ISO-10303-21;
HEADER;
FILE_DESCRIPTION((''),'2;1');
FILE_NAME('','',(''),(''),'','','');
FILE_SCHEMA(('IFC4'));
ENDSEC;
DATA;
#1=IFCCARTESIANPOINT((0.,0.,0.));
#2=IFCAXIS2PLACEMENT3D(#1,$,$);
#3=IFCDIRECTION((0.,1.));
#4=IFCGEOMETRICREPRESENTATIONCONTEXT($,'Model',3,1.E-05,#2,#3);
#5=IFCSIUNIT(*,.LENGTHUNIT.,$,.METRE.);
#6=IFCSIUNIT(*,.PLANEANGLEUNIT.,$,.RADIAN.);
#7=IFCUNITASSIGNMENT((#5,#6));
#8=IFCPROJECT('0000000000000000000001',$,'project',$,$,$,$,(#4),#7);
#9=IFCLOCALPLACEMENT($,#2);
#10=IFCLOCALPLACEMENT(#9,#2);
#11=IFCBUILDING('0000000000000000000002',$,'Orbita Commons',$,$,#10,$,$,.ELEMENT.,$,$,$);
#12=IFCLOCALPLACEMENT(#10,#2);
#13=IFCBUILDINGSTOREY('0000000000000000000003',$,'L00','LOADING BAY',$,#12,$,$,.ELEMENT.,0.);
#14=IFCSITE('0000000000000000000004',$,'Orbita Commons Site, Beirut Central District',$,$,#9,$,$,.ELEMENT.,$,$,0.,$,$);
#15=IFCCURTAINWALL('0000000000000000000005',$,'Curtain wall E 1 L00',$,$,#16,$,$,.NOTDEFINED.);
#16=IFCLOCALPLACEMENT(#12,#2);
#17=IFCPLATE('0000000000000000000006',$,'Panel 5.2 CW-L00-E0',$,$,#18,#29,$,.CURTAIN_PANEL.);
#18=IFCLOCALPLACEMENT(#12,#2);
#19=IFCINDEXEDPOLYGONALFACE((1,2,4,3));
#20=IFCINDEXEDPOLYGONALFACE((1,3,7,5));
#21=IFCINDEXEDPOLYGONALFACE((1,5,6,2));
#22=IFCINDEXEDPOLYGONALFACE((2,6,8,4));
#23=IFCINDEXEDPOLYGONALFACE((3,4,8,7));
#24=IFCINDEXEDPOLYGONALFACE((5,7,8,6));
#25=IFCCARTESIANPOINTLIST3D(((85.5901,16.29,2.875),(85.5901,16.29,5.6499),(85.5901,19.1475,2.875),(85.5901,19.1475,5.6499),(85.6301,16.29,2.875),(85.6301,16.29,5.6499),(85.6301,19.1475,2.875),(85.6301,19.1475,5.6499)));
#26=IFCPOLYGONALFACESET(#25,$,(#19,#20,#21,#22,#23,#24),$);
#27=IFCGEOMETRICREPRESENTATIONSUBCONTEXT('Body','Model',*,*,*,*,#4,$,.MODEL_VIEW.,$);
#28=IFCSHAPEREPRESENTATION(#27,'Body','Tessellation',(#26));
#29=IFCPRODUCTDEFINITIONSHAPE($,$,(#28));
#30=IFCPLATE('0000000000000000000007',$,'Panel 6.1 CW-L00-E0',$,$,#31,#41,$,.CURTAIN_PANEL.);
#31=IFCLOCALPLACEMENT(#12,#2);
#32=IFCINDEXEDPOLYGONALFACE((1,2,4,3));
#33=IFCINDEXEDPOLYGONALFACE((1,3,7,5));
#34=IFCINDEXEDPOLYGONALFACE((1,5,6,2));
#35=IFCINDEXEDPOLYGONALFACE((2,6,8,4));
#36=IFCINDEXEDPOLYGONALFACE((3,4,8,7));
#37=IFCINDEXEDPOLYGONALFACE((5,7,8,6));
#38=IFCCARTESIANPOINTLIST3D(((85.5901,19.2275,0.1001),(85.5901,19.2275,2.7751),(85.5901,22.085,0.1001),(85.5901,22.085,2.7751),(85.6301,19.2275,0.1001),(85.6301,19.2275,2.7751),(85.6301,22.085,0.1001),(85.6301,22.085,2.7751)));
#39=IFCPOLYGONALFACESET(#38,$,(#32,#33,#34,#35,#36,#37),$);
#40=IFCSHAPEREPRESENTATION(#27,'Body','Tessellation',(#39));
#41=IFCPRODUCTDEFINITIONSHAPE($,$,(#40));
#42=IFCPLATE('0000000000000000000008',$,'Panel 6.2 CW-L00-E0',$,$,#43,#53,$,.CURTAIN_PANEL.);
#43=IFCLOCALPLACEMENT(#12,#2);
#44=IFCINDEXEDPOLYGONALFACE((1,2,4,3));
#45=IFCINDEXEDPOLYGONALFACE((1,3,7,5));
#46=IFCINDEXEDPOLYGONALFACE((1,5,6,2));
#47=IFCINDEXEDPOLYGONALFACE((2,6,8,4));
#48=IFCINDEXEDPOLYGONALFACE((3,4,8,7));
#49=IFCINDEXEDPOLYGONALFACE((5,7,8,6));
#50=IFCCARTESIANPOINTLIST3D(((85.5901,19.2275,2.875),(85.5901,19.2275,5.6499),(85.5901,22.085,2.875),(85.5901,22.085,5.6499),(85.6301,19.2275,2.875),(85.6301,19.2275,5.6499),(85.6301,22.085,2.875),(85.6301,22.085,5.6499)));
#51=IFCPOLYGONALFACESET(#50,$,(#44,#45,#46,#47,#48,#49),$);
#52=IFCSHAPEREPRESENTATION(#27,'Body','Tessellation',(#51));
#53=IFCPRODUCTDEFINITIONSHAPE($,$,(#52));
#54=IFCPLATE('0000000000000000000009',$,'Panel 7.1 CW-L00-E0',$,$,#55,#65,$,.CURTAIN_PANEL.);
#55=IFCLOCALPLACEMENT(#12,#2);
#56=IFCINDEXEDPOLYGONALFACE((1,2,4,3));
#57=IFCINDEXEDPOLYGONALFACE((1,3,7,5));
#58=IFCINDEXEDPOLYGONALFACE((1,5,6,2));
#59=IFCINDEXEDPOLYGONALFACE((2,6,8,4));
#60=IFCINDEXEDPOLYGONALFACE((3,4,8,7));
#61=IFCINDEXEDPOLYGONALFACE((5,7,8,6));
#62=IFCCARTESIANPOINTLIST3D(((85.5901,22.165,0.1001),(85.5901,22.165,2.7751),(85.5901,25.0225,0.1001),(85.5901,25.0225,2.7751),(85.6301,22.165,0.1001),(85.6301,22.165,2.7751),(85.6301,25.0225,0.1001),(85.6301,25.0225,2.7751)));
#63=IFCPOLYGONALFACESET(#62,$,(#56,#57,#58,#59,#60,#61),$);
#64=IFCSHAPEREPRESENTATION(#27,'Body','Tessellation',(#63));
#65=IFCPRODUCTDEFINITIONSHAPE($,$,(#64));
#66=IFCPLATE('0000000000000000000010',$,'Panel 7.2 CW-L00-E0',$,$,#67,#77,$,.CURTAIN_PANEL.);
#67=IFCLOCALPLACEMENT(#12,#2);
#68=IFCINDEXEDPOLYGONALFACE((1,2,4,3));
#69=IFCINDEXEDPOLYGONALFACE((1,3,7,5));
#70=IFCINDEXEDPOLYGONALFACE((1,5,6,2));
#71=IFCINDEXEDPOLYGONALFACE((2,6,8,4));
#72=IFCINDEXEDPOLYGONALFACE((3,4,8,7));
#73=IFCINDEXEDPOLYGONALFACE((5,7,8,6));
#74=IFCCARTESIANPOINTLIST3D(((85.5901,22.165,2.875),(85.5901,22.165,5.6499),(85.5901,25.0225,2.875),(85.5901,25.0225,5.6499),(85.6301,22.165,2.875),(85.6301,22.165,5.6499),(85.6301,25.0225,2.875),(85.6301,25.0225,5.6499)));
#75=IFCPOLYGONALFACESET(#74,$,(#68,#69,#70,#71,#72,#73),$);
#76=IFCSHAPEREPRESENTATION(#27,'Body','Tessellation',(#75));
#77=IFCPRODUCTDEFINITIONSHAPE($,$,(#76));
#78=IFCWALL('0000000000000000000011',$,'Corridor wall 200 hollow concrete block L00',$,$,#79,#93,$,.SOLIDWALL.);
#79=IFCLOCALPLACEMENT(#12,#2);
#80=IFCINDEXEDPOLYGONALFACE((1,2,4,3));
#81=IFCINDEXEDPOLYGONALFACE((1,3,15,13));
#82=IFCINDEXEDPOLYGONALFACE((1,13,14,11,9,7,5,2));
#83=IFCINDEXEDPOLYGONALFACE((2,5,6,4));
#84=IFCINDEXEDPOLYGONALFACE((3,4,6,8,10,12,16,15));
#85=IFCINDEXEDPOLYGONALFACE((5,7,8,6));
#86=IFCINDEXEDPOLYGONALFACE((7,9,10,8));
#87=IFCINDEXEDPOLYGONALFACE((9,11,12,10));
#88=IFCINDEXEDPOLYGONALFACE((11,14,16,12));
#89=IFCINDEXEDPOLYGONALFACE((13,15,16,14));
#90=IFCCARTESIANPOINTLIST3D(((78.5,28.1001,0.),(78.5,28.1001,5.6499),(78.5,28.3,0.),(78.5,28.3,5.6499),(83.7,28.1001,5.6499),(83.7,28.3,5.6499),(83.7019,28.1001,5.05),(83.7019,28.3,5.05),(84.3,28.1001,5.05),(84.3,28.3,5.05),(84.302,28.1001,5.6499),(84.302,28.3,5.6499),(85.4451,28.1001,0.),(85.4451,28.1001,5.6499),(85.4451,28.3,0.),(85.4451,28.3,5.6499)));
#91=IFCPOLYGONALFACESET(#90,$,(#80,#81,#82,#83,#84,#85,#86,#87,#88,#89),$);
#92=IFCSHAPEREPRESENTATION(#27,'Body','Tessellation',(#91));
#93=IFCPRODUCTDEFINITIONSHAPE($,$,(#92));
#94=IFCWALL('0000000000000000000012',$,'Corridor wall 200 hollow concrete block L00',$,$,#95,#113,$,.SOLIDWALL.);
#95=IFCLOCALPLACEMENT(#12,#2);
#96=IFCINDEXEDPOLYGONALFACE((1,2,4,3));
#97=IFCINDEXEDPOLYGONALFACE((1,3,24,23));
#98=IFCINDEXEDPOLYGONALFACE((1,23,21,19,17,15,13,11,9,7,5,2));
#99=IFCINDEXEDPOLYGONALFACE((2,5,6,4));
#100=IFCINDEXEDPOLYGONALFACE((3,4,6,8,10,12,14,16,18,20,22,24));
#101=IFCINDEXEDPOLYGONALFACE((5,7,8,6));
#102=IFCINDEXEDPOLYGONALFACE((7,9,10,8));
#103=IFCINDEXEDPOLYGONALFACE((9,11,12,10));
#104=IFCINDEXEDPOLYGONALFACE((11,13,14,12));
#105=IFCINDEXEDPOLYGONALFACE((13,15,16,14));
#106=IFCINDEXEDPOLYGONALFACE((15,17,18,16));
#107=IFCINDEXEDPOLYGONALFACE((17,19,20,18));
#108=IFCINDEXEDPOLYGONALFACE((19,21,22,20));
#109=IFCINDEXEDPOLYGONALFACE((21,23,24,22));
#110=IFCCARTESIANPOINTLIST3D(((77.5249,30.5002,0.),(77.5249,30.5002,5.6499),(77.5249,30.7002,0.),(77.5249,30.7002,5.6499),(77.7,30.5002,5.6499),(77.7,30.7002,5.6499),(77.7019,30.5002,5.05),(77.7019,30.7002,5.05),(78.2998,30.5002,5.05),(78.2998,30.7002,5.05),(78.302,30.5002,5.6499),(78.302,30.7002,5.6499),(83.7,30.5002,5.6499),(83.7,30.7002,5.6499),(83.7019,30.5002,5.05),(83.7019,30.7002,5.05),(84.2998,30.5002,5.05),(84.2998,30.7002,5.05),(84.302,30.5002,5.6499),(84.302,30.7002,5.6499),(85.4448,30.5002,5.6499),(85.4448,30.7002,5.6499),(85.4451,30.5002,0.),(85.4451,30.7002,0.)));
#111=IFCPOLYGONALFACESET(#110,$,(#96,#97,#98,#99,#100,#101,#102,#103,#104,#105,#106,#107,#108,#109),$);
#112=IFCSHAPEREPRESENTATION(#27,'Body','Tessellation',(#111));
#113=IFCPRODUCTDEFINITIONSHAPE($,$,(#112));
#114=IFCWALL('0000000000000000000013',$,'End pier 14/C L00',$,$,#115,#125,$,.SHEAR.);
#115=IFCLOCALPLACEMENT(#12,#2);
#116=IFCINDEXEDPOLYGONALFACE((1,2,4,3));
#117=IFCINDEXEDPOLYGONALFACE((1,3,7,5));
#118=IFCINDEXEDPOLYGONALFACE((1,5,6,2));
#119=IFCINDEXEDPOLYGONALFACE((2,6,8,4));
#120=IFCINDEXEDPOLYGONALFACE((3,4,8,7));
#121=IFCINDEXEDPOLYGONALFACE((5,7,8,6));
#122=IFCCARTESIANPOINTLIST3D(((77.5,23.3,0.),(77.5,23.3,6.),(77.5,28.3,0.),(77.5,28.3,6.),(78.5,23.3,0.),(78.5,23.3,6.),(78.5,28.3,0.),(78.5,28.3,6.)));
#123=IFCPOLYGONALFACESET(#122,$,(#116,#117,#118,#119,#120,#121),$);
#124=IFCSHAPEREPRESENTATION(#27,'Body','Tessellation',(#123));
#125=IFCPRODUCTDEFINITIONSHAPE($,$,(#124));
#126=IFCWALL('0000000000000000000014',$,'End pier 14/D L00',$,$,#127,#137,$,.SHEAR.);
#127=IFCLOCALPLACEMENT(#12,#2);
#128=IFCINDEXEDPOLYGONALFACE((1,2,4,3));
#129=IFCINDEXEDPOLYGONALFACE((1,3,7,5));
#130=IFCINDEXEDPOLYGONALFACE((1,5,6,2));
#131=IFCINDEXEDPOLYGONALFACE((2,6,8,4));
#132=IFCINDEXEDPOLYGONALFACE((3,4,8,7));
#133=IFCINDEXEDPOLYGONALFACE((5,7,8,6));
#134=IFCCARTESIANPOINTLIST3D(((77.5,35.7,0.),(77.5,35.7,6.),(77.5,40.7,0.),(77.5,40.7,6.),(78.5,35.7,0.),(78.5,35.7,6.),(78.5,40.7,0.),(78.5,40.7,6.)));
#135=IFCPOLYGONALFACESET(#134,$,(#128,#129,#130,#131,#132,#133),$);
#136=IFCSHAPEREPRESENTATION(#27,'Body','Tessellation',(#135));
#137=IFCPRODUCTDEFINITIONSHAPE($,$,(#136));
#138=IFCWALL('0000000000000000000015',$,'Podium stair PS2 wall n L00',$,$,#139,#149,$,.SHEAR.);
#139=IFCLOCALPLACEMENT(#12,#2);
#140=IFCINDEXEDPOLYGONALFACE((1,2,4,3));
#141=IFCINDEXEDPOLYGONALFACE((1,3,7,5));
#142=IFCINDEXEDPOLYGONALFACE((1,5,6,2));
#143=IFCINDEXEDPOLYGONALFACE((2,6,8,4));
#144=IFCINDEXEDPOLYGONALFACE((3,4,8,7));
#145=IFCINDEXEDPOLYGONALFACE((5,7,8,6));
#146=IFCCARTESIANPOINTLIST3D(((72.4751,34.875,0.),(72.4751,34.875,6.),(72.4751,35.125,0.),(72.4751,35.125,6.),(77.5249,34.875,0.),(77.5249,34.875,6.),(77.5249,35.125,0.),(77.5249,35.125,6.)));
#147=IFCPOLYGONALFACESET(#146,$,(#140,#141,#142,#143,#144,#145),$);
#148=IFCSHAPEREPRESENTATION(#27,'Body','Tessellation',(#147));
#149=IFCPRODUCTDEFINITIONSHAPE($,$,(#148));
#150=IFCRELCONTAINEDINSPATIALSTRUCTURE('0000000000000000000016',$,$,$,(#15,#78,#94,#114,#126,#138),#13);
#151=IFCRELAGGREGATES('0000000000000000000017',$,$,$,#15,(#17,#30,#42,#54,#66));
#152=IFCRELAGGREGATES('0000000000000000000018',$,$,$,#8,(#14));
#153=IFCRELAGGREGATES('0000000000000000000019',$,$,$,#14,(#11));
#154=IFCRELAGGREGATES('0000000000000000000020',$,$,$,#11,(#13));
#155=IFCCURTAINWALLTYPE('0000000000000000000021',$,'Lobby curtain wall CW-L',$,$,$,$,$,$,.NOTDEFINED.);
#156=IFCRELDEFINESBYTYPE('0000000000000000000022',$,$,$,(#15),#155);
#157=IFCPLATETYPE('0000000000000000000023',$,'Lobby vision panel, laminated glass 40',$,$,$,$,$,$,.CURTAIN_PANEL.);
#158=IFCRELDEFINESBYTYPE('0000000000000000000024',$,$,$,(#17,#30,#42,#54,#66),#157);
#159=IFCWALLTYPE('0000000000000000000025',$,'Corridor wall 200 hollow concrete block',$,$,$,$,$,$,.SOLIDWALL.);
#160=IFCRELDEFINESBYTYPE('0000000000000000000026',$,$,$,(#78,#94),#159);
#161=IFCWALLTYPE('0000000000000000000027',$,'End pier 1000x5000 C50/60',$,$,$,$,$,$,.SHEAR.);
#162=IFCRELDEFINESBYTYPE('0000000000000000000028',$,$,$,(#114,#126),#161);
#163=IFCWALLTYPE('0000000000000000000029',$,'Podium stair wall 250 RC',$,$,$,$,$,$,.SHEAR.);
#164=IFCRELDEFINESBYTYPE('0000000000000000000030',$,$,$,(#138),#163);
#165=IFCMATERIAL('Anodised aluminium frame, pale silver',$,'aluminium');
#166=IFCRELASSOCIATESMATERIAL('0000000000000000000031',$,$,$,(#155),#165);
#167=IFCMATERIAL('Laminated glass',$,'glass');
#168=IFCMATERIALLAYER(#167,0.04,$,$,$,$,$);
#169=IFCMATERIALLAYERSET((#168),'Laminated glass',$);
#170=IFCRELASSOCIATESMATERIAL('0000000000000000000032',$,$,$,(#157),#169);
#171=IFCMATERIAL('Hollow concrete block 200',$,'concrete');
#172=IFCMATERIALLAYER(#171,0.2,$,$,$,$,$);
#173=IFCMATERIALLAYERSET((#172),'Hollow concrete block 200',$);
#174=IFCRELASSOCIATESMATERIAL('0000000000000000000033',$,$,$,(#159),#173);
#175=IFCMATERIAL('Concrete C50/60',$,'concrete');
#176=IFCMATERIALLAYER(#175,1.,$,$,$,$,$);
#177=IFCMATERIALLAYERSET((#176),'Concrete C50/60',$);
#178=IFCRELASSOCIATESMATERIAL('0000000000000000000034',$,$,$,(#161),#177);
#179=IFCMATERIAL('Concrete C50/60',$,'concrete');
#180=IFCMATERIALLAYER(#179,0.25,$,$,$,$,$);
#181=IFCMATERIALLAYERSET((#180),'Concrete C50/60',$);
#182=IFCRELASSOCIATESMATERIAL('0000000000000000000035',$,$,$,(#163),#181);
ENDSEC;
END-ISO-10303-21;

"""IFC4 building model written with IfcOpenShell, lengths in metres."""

from ifc_helpers import new_model, si_unit, direction, frame, frame_2d, origin, origin_2d, place, context, subcontext, project, spatial, polyline, rectangle, outline, extrude, material, layer, layer_set, type_object, element, aggregate, save


model = new_model("IFC4")

# Units and contexts
model_context = context("Model", 3, precision=1e-05, world=origin(), true_north=direction((0.0, 1.0)))
body_context = subcontext(model_context, "Body", "Model", "MODEL_VIEW")
ifc_project = project(units=[si_unit("LENGTHUNIT", "METRE"), si_unit("PLANEANGLEUNIT", "RADIAN")], contexts=[model_context])

# Site, building, storey
site_placement = place(None, origin())
site = spatial("IfcSite", under=ifc_project, at=site_placement, Name="Orbita Commons Site, Beirut Central District", CompositionType="ELEMENT", RefElevation=0.0)
building_placement = place(site_placement, origin())
building = spatial("IfcBuilding", under=site, at=building_placement, Name="Orbita Commons", CompositionType="ELEMENT")
storey_placement = place(building_placement, origin())
storey = spatial("IfcBuildingStorey", under=building, at=storey_placement, Name="L00", Description="LOADING BAY", CompositionType="ELEMENT", Elevation=0.0)

# Curtain wall
ifc_material_1 = material(Name="Anodised aluminium frame, pale silver", Category="aluminium")
curtain_wall_type = type_object("IfcCurtainWallType", Name="Lobby curtain wall CW-L", PredefinedType="NOTDEFINED", material=ifc_material_1)
curtain_wall_placement = place(storey_placement, origin())
curtain_wall = element("IfcCurtainWall", 1, at=curtain_wall_placement, inside=storey, type_object=curtain_wall_type, Name="Curtain wall E 1 L00", PredefinedType="NOTDEFINED")

# Plates
ifc_material_2 = material(Name="Laminated glass", Category="glass")
ifc_layer_1 = layer(ifc_material_2, 0.04)
ifc_layer_set_1 = layer_set([ifc_layer_1], Name="Laminated glass")
plate_type = type_object("IfcPlateType", Name="Lobby vision panel, laminated glass 40", PredefinedType="CURTAIN_PANEL", material=ifc_layer_set_1)
plate_1_placement = place(storey_placement, frame((85.6101, 17.7188, 2.875), z_axis=(0.0, 0.0, 1.0), x_axis=(0.0, 1.0, 0.0)))
plate_1 = element("IfcPlate", 2, at=plate_1_placement, type_object=plate_type, Name="Panel 5.2 CW-L00-E0", PredefinedType="CURTAIN_PANEL", context=body_context, shape_type="SweptSolid", body=[
    extrude(rectangle(XDim=2.8574, YDim=0.04, at=origin_2d()), origin(), (0.0, 0.0, 1.0), 2.7749),
])
plate_2_placement = place(storey_placement, frame((85.6101, 20.6562, 0.1001), z_axis=(0.0, 0.0, 1.0), x_axis=(0.0, 1.0, 0.0)))
plate_2 = element("IfcPlate", 3, at=plate_2_placement, type_object=plate_type, Name="Panel 6.1 CW-L00-E0", PredefinedType="CURTAIN_PANEL", context=body_context, shape_type="SweptSolid", body=[
    extrude(rectangle(XDim=2.8574, YDim=0.04, at=origin_2d()), origin(), (0.0, 0.0, 1.0), 2.675),
])
plate_3_placement = place(storey_placement, frame((85.6101, 20.6562, 2.875), z_axis=(0.0, 0.0, 1.0), x_axis=(0.0, 1.0, 0.0)))
plate_3 = element("IfcPlate", 4, at=plate_3_placement, type_object=plate_type, Name="Panel 6.2 CW-L00-E0", PredefinedType="CURTAIN_PANEL", context=body_context, shape_type="SweptSolid", body=[
    extrude(rectangle(XDim=2.8574, YDim=0.04, at=origin_2d()), origin(), (0.0, 0.0, 1.0), 2.7749),
])
plate_4_placement = place(storey_placement, frame((85.6101, 23.5938, 0.1001), z_axis=(0.0, 0.0, 1.0), x_axis=(0.0, 1.0, 0.0)))
plate_4 = element("IfcPlate", 5, at=plate_4_placement, type_object=plate_type, Name="Panel 7.1 CW-L00-E0", PredefinedType="CURTAIN_PANEL", context=body_context, shape_type="SweptSolid", body=[
    extrude(rectangle(XDim=2.8574, YDim=0.04, at=origin_2d()), origin(), (0.0, 0.0, 1.0), 2.675),
])
plate_5_placement = place(storey_placement, frame((85.6101, 23.5938, 2.875), z_axis=(0.0, 0.0, 1.0), x_axis=(0.0, 1.0, 0.0)))
plate_5 = element("IfcPlate", 6, at=plate_5_placement, type_object=plate_type, Name="Panel 7.2 CW-L00-E0", PredefinedType="CURTAIN_PANEL", context=body_context, shape_type="SweptSolid", body=[
    extrude(rectangle(XDim=2.8574, YDim=0.04, at=origin_2d()), origin(), (0.0, 0.0, 1.0), 2.7749),
])
aggregate(curtain_wall, [plate_1, plate_2, plate_3, plate_4, plate_5])

# Walls
ifc_material_3 = material(Name="Hollow concrete block 200", Category="concrete")
ifc_layer_2 = layer(ifc_material_3, 0.2)
ifc_layer_set_2 = layer_set([ifc_layer_2], Name="Hollow concrete block 200")
wall_type_1 = type_object("IfcWallType", Name="Corridor wall 200 hollow concrete block", PredefinedType="SOLIDWALL", material=ifc_layer_set_2)
wall_1_placement = place(storey_placement, frame((78.5, 28.2, 0.0), z_axis=(0.0, 0.0, 1.0), x_axis=(1.0, 0.0, 0.0)))
element("IfcWall", 7, at=wall_1_placement, inside=storey, type_object=wall_type_1, Name="Corridor wall 200 hollow concrete block L00", PredefinedType="SOLIDWALL", context=body_context, shape_type="SweptSolid", body=[
    extrude(outline(polyline([(0.0, 0.0), (6.9451, 0.0), (6.9451, 5.6499), (5.802, 5.6499), (5.8, 5.05), (5.2019, 5.05), (5.2, 5.6499), (0.0, 5.6499), (0.0, 0.0)])), frame((0.0, 0.1001, 0.0), z_axis=(0.0, -1.0, 0.0), x_axis=(1.0, 0.0, 0.0)), (0.0, 0.0, 1.0), 0.2),
])
wall_2_placement = place(storey_placement, frame((77.5249, 30.6001, 0.0), z_axis=(0.0, 0.0, 1.0), x_axis=(1.0, 0.0, 0.0)))
element("IfcWall", 8, at=wall_2_placement, inside=storey, type_object=wall_type_1, Name="Corridor wall 200 hollow concrete block L00", PredefinedType="SOLIDWALL", context=body_context, shape_type="SweptSolid", body=[
    extrude(outline(polyline([(0.0, 0.0), (7.9202, 0.0), (7.9199, 5.6499), (6.7771, 5.6499), (6.7749, 5.05), (6.177, 5.05), (6.175, 5.6499), (0.7771, 5.6499), (0.7749, 5.05), (0.177, 5.05), (0.175, 5.6499), (0.0, 5.6499), (0.0, 0.0)])), frame((0.0, 0.1001, 0.0), z_axis=(0.0, -1.0, 0.0), x_axis=(1.0, 0.0, 0.0)), (0.0, 0.0, 1.0), 0.2),
])
ifc_material_4 = material(Name="Concrete C50/60", Category="concrete")
ifc_layer_3 = layer(ifc_material_4, 1.0)
ifc_layer_set_3 = layer_set([ifc_layer_3], Name="Concrete C50/60")
wall_type_2 = type_object("IfcWallType", Name="End pier 1000x5000 C50/60", PredefinedType="SHEAR", material=ifc_layer_set_3)
for number, where, z_axis, x_axis, name in (
    (9, (78.0, 23.3, 0.0), (0.0, 0.0, 1.0), (0.0, 1.0, 0.0), "End pier 14/C L00"),
    (10, (78.0, 35.7, 0.0), (0.0, 0.0, 1.0), (0.0, 1.0, 0.0), "End pier 14/D L00"),
):
    element("IfcWall", number, at=place(storey_placement, frame(where, z_axis=z_axis, x_axis=x_axis)), inside=storey, type_object=wall_type_2, Name=name, PredefinedType="SHEAR", context=body_context, shape_type="SweptSolid", body=[
        extrude(rectangle(XDim=5.0, YDim=1.0, at=frame_2d((2.5, 0.0))), origin(), (0.0, 0.0, 1.0), 6.0),
    ])

# Wall
ifc_material_5 = material(Name="Concrete C50/60", Category="concrete")
ifc_layer_4 = layer(ifc_material_5, 0.25)
ifc_layer_set_4 = layer_set([ifc_layer_4], Name="Concrete C50/60")
wall_type_3 = type_object("IfcWallType", Name="Podium stair wall 250 RC", PredefinedType="SHEAR", material=ifc_layer_set_4)
wall_3_placement = place(storey_placement, frame((77.5249, 35.0, 0.0), z_axis=(0.0, 0.0, 1.0), x_axis=(-1.0, 0.0, 0.0)))
element("IfcWall", 11, at=wall_3_placement, inside=storey, type_object=wall_type_3, Name="Podium stair PS2 wall n L00", PredefinedType="SHEAR", context=body_context, shape_type="SweptSolid", body=[
    extrude(rectangle(XDim=5.0498, YDim=0.25, at=frame_2d((2.5249, 0.0))), origin(), (0.0, 0.0, 1.0), 6.0),
])

save(model, "model.ifc")
